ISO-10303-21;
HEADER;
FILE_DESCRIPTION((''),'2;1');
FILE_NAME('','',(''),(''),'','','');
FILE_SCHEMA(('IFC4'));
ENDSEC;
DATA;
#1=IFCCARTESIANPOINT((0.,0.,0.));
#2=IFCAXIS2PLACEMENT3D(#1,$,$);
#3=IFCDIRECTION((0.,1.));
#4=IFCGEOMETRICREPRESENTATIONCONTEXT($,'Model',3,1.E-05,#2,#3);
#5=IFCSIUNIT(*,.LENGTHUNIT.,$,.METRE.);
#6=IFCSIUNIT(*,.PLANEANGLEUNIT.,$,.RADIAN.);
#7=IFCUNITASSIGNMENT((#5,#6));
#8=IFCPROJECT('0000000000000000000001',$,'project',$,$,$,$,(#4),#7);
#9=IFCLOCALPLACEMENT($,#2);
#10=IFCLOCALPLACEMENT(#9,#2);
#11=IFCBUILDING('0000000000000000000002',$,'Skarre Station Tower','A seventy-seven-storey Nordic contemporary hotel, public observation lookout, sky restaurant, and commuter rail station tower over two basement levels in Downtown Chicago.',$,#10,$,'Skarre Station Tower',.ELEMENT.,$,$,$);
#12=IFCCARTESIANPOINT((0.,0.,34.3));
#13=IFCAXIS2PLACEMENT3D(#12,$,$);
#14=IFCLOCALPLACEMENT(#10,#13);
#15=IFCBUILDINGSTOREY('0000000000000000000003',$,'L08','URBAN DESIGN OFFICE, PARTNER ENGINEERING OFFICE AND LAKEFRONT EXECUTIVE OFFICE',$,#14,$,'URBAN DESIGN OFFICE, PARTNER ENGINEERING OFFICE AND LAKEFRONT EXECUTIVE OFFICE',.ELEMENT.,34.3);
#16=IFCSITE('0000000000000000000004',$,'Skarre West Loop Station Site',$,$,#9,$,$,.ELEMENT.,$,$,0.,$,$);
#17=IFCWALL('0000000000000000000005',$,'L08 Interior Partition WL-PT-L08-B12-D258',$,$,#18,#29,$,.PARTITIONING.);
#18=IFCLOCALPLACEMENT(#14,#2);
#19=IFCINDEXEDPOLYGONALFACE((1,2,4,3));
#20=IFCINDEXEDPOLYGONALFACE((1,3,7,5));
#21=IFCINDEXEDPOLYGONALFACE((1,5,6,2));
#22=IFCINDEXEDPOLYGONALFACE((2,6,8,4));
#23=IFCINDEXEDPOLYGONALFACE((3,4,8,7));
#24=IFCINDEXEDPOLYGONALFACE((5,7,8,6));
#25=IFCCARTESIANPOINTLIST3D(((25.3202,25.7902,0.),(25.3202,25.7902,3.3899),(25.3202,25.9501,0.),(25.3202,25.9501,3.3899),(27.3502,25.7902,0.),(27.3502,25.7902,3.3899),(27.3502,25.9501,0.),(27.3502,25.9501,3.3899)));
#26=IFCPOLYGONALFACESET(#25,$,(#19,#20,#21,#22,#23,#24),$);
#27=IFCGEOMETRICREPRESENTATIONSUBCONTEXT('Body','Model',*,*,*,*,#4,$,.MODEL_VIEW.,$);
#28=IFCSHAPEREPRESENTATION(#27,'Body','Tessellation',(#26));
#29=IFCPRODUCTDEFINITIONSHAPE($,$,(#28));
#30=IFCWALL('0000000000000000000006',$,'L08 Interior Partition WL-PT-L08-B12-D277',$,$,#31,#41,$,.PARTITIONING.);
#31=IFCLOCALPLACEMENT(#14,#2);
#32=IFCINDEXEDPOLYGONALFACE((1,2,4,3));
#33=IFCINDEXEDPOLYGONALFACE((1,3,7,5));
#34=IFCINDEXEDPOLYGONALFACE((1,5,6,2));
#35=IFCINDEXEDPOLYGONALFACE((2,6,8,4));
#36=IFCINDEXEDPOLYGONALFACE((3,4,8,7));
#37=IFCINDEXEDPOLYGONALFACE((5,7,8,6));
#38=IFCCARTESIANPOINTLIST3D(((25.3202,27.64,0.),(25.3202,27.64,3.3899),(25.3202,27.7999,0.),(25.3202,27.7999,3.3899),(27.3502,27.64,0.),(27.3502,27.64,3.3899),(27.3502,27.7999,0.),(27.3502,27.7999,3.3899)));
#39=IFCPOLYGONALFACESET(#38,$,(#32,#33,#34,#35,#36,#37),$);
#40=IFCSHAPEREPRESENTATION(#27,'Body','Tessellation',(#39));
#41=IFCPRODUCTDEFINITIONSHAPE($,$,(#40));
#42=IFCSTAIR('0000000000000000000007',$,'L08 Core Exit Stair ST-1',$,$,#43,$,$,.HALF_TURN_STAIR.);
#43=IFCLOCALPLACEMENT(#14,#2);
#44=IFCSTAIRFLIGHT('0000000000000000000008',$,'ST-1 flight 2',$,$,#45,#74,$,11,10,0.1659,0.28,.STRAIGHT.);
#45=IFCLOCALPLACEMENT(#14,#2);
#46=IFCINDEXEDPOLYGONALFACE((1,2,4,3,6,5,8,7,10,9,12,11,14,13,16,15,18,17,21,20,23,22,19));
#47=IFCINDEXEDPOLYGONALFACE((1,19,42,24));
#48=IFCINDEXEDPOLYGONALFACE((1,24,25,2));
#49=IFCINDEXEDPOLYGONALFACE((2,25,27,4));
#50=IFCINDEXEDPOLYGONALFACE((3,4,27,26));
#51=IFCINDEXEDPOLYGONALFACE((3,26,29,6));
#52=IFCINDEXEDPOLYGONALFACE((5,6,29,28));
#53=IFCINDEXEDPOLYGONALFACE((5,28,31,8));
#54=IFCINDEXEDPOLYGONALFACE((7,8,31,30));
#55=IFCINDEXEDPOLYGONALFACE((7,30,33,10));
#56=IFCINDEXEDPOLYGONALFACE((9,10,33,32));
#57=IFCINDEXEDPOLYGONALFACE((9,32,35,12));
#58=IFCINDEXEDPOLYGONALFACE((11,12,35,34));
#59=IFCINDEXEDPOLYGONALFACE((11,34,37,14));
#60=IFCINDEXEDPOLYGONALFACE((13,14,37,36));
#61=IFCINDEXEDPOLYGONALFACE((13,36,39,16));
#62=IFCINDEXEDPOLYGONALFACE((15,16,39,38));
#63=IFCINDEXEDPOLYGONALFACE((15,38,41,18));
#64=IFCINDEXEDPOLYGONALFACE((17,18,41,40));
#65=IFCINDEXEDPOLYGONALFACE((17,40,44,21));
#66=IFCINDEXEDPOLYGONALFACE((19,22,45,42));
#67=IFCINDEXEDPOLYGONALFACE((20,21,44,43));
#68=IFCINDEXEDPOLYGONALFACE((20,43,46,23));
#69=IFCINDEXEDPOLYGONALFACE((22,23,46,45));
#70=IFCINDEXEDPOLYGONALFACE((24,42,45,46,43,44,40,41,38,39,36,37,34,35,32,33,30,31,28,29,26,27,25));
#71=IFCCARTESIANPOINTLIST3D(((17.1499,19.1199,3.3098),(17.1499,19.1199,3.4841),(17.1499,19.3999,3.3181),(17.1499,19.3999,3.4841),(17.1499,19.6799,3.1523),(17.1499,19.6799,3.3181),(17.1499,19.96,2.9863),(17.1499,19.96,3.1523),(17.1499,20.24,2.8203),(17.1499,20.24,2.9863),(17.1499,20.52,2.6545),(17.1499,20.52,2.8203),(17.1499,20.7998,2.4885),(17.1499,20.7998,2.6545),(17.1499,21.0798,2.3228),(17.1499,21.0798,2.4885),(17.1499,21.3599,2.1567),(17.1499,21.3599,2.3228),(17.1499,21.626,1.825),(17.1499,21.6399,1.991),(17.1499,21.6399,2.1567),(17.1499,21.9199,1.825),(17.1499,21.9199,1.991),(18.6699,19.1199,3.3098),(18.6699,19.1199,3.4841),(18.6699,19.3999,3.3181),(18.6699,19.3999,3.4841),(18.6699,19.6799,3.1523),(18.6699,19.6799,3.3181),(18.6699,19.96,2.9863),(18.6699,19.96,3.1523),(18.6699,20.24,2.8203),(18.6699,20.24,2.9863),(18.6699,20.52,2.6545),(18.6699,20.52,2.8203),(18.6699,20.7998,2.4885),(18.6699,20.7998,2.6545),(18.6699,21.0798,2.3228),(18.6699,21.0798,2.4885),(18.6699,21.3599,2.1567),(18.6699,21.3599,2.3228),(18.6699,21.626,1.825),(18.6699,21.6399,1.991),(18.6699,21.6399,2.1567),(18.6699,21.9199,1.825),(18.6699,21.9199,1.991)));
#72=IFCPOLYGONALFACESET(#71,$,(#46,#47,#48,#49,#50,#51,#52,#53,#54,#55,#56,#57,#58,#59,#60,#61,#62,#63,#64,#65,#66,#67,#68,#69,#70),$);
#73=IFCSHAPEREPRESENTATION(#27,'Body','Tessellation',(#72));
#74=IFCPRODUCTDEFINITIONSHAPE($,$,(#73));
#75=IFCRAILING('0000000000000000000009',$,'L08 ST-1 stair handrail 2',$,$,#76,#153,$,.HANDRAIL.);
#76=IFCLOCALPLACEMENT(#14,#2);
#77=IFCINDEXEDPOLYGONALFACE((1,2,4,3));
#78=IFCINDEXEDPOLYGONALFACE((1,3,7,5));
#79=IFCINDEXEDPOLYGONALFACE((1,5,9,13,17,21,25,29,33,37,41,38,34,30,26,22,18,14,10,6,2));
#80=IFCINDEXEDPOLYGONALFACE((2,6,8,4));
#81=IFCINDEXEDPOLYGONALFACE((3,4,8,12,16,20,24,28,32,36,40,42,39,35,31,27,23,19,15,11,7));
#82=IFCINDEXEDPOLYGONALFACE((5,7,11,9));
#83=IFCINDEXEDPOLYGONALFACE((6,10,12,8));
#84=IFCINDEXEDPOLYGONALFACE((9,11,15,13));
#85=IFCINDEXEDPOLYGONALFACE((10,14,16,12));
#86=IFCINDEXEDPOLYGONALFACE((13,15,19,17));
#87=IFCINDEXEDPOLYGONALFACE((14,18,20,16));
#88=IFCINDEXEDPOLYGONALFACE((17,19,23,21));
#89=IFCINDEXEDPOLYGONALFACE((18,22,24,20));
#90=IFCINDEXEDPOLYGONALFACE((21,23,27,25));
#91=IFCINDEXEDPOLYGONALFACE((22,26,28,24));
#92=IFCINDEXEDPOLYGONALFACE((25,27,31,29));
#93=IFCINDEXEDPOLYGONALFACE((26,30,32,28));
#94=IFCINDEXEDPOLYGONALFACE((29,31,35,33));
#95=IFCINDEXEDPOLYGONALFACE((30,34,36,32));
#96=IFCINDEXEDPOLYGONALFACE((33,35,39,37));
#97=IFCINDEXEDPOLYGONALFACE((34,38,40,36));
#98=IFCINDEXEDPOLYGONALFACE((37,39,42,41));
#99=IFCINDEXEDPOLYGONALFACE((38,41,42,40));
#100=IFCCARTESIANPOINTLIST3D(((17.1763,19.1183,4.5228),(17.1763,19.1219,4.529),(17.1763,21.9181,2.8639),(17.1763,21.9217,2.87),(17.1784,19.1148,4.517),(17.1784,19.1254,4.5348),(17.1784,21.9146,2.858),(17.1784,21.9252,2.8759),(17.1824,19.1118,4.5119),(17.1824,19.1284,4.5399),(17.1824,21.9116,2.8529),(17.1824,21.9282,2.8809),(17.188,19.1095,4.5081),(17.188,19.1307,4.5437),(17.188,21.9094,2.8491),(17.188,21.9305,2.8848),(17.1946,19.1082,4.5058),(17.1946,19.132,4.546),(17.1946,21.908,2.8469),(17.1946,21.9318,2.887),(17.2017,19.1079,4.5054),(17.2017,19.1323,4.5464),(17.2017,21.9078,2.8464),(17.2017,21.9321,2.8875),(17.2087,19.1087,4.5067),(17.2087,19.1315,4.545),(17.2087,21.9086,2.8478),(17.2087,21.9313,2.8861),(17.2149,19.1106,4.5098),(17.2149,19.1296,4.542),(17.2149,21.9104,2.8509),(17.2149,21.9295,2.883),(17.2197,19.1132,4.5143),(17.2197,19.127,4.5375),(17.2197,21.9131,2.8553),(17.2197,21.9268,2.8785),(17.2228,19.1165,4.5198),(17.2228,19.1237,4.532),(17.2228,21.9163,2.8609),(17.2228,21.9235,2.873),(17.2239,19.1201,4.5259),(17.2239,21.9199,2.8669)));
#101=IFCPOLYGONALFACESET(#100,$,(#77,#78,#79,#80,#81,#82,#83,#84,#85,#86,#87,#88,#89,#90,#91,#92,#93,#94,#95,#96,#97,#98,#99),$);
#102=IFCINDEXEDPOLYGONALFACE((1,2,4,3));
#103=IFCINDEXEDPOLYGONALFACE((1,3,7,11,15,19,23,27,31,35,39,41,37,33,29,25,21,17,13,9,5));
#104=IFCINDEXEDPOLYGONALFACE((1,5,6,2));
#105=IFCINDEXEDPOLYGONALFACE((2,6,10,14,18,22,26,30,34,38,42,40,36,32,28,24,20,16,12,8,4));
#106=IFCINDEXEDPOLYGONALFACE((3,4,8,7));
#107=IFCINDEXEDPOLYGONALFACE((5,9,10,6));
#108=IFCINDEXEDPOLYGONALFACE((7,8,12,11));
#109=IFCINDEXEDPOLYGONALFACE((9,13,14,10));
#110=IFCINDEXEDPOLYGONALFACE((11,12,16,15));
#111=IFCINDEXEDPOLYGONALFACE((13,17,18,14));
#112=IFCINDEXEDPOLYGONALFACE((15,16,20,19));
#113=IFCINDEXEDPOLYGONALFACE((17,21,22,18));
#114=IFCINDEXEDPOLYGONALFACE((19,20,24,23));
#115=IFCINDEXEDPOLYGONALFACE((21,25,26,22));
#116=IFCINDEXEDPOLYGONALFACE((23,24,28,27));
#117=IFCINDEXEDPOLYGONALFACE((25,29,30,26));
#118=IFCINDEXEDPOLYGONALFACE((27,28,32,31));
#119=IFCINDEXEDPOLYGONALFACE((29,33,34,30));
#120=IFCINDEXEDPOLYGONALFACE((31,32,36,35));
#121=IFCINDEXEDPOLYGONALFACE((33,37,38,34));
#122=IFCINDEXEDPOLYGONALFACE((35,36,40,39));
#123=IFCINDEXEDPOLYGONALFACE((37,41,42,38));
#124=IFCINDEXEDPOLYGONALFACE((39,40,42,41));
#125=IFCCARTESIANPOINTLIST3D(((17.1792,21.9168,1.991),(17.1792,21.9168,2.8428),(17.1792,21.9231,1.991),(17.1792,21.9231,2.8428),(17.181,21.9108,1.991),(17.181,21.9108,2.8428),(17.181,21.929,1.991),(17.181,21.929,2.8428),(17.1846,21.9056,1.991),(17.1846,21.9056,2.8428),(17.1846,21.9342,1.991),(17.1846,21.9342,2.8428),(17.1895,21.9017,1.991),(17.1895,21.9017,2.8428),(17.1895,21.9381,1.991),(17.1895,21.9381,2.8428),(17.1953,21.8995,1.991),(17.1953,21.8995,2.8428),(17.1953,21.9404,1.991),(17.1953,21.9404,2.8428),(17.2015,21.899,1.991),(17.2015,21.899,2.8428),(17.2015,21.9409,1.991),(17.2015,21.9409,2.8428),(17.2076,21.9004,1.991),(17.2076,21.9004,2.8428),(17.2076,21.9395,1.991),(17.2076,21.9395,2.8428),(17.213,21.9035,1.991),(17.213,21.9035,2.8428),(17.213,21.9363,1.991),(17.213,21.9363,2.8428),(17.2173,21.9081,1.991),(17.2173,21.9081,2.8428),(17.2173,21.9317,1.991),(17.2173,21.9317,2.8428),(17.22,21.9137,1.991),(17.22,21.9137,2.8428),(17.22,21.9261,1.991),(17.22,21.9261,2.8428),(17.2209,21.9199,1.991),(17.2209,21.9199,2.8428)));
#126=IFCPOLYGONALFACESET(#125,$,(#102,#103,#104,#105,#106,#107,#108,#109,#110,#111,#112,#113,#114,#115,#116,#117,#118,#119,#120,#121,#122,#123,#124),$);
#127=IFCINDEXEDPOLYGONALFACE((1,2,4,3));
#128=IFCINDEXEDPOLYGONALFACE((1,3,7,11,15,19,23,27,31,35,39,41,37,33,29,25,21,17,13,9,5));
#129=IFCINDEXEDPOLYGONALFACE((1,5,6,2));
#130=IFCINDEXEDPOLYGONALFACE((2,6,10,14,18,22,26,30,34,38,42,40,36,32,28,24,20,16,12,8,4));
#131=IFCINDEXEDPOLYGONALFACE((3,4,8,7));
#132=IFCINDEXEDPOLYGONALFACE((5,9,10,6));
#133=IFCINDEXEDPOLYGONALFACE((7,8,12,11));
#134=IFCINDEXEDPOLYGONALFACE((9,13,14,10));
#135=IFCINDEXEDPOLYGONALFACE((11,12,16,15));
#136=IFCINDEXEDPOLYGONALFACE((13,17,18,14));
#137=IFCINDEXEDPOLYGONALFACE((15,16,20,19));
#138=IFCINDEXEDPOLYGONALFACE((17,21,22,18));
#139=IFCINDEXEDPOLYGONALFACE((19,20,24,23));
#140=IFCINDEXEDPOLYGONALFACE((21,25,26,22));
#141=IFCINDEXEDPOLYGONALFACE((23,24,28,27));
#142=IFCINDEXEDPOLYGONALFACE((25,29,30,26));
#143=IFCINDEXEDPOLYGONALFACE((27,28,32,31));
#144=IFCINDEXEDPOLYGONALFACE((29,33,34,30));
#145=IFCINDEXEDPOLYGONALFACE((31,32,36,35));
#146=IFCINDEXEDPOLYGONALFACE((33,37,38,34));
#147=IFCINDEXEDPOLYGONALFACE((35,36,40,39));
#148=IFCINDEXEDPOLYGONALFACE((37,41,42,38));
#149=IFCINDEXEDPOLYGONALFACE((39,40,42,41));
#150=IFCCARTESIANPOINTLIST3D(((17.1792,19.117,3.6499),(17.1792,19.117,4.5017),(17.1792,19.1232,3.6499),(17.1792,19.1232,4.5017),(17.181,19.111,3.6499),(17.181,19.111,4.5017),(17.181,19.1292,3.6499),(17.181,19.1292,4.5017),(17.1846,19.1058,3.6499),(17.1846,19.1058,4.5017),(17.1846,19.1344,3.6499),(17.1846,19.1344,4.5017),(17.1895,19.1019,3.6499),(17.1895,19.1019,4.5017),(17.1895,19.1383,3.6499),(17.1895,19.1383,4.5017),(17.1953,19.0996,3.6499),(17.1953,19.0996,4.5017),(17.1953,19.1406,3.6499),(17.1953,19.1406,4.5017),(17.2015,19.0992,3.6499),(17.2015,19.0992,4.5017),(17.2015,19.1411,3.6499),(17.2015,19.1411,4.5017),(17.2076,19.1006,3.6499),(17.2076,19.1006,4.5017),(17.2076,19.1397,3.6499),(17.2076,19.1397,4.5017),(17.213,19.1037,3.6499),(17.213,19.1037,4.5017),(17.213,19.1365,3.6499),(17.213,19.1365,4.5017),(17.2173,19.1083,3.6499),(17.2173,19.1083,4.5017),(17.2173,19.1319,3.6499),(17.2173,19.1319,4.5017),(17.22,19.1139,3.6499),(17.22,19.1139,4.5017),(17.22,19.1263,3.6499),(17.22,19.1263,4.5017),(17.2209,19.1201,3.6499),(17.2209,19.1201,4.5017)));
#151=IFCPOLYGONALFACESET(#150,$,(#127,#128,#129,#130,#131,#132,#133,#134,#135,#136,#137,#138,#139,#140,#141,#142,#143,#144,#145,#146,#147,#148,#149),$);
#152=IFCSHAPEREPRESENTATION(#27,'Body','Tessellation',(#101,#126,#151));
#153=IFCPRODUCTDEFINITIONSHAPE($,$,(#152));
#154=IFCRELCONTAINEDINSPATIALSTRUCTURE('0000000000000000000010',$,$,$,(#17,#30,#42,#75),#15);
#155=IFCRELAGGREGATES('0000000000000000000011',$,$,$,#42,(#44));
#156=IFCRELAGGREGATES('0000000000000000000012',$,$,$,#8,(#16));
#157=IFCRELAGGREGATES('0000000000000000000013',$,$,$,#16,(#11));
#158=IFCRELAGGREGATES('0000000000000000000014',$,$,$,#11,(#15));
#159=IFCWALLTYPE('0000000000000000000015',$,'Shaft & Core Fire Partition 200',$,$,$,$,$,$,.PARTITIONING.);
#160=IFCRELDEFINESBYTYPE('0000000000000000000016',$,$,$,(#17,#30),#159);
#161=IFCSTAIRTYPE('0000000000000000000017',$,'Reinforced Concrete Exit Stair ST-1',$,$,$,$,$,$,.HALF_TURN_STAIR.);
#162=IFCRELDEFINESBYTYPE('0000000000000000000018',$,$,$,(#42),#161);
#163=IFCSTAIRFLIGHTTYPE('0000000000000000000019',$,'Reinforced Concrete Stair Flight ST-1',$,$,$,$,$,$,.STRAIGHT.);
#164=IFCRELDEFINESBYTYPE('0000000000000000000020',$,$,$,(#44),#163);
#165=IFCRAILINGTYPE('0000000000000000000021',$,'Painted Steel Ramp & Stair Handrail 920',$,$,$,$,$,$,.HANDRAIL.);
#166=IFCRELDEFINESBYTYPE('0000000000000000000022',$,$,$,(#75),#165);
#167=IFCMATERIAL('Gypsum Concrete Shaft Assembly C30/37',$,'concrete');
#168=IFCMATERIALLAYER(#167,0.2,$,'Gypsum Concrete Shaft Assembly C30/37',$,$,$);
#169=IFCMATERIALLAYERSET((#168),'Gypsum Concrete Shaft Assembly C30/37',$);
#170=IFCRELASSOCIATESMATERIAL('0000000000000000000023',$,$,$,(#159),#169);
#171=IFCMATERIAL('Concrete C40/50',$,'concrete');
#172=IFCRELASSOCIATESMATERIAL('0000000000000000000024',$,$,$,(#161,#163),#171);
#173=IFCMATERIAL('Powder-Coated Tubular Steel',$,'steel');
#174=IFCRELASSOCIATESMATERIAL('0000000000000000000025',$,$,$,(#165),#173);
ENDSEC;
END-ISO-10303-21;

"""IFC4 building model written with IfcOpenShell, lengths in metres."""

from ifc_helpers import new_model, si_unit, direction, frame, frame_2d, origin, origin_2d, place, context, subcontext, project, spatial, polyline, rectangle, circle, outline, extrude, material, layer, layer_set, type_object, element, aggregate, save


model = new_model("IFC4")

# Units and contexts
model_context = context("Model", 3, precision=1e-05, world=origin(), true_north=direction((0.0, 1.0)))
body_context = subcontext(model_context, "Body", "Model", "MODEL_VIEW")
ifc_project = project(units=[si_unit("LENGTHUNIT", "METRE"), si_unit("PLANEANGLEUNIT", "RADIAN")], contexts=[model_context])

# Site, building, storey
site_placement = place(None, origin())
site = spatial("IfcSite", under=ifc_project, at=site_placement, Name="Skarre West Loop Station Site", CompositionType="ELEMENT", RefElevation=0.0)
building_placement = place(site_placement, origin())
building = spatial("IfcBuilding", under=site, at=building_placement, Name="Skarre Station Tower", Description="A seventy-seven-storey Nordic contemporary hotel, public observation lookout, sky restaurant, and commuter rail station tower over two basement levels in Downtown Chicago.", LongName="Skarre Station Tower", CompositionType="ELEMENT")
storey_placement = place(building_placement, frame((0.0, 0.0, 34.3)))
storey = spatial("IfcBuildingStorey", under=building, at=storey_placement, Name="L08", Description="URBAN DESIGN OFFICE, PARTNER ENGINEERING OFFICE AND LAKEFRONT EXECUTIVE OFFICE", LongName="URBAN DESIGN OFFICE, PARTNER ENGINEERING OFFICE AND LAKEFRONT EXECUTIVE OFFICE", CompositionType="ELEMENT", Elevation=34.3)

# Shared definitions
ifc_material_1 = material(Name="Gypsum Concrete Shaft Assembly C30/37", Category="concrete")
ifc_layer_1 = layer(ifc_material_1, 0.2, Name="Gypsum Concrete Shaft Assembly C30/37")
ifc_layer_set_1 = layer_set([ifc_layer_1], Name="Gypsum Concrete Shaft Assembly C30/37")
wall_type_1 = type_object("IfcWallType", Name="Shaft & Core Fire Partition 200", PredefinedType="PARTITIONING", material=ifc_layer_set_1)

# Walls
for number, where, z_axis, x_axis, name in (
    (1, (25.3201, 25.8701, 0.0), (0.0, 0.0, 1.0), (1.0, 0.0, 0.0), "L08 Interior Partition WL-PT-L08-B12-D258"),
    (2, (25.3201, 27.72, 0.0), (0.0, 0.0, 1.0), (1.0, 0.0, 0.0), "L08 Interior Partition WL-PT-L08-B12-D277"),
):
    element("IfcWall", number, at=place(storey_placement, frame(where, z_axis=z_axis, x_axis=x_axis)), inside=storey, type_object=wall_type_1, Name=name, PredefinedType="PARTITIONING", context=body_context, shape_type="SweptSolid", body=[
        extrude(rectangle(XDim=2.03, YDim=0.1599, at=frame_2d((1.0151, 0.0))), origin(), (0.0, 0.0, 1.0), 3.3899),
    ])

# Stair, stair flight
ifc_material_2 = material(Name="Concrete C40/50", Category="concrete")
stair_type = type_object("IfcStairType", Name="Reinforced Concrete Exit Stair ST-1", PredefinedType="HALF_TURN_STAIR", material=ifc_material_2)
stair_placement = place(storey_placement, origin())
stair = element("IfcStair", 3, at=stair_placement, inside=storey, type_object=stair_type, Name="L08 Core Exit Stair ST-1", PredefinedType="HALF_TURN_STAIR")
stair_flight_type = type_object("IfcStairFlightType", Name="Reinforced Concrete Stair Flight ST-1", PredefinedType="STRAIGHT", material=ifc_material_2)
stair_flight_placement = place(storey_placement, frame((17.9099, 21.9199, 1.825), z_axis=(0.0, 0.0, 1.0), x_axis=(0.0, -1.0, 0.0)))
stair_flight = element("IfcStairFlight", 4, at=stair_flight_placement, type_object=stair_flight_type, Name="ST-1 flight 2", NumberOfRisers=11, NumberOfTreads=10, PredefinedType="STRAIGHT", RiserHeight=0.1659, TreadLength=0.28, context=body_context, shape_type="SweptSolid", body=[
    extrude(outline(polyline([(0.0, 0.0), (0.0, 0.166), (0.28, 0.166), (0.28, 0.3318), (0.5601, 0.3318), (0.5601, 0.4978), (0.8401, 0.4978), (0.8401, 0.6636), (1.1201, 0.6636), (1.1201, 0.8296), (1.3999, 0.8296), (1.3999, 0.9954), (1.6799, 0.9954), (1.6799, 1.1614), (1.96, 1.1614), (1.96, 1.3274), (2.24, 1.3274), (2.24, 1.4932), (2.52, 1.4932), (2.52, 1.6592), (2.8, 1.6592), (2.8, 1.825), (2.8, 1.4849), (0.2939, 0.0), (0.0, 0.0)])), frame((0.0, 0.76, 0.0), z_axis=(0.0, -1.0, 0.0), x_axis=(1.0, 0.0, 0.0)), (0.0, 0.0, 1.0), 1.52),
])
aggregate(stair, [stair_flight])

# Railing
ifc_material_3 = material(Name="Powder-Coated Tubular Steel", Category="steel")
railing_type_1 = type_object("IfcRailingType", Name="Painted Steel Ramp & Stair Handrail 920", PredefinedType="HANDRAIL", material=ifc_material_3)
railing_1_placement = place(storey_placement, frame((17.2, 21.9199, 1.991)))
element("IfcRailing", 5, at=railing_1_placement, inside=storey, type_object=railing_type_1, Name="L08 ST-1 stair handrail 2", PredefinedType="HANDRAIL", context=body_context, shape_type="SweptSolid", body=[
    extrude(circle(Radius=0.0239, at=origin_2d()), frame((0.0, 0.0, 0.876), z_axis=(0.0, -0.86032, 0.509755), x_axis=(1.0, 0.0, 0.0)), (0.0, 0.0, 1.0), 3.2544),
    extrude(circle(Radius=0.021, at=origin_2d()), origin(), (0.0, 0.0, 1.0), 0.8518),
    extrude(circle(Radius=0.021, at=origin_2d()), frame((0.0, -2.7998, 1.6589)), (0.0, 0.0, 1.0), 0.8518),
])

save(model, "model.ifc")
